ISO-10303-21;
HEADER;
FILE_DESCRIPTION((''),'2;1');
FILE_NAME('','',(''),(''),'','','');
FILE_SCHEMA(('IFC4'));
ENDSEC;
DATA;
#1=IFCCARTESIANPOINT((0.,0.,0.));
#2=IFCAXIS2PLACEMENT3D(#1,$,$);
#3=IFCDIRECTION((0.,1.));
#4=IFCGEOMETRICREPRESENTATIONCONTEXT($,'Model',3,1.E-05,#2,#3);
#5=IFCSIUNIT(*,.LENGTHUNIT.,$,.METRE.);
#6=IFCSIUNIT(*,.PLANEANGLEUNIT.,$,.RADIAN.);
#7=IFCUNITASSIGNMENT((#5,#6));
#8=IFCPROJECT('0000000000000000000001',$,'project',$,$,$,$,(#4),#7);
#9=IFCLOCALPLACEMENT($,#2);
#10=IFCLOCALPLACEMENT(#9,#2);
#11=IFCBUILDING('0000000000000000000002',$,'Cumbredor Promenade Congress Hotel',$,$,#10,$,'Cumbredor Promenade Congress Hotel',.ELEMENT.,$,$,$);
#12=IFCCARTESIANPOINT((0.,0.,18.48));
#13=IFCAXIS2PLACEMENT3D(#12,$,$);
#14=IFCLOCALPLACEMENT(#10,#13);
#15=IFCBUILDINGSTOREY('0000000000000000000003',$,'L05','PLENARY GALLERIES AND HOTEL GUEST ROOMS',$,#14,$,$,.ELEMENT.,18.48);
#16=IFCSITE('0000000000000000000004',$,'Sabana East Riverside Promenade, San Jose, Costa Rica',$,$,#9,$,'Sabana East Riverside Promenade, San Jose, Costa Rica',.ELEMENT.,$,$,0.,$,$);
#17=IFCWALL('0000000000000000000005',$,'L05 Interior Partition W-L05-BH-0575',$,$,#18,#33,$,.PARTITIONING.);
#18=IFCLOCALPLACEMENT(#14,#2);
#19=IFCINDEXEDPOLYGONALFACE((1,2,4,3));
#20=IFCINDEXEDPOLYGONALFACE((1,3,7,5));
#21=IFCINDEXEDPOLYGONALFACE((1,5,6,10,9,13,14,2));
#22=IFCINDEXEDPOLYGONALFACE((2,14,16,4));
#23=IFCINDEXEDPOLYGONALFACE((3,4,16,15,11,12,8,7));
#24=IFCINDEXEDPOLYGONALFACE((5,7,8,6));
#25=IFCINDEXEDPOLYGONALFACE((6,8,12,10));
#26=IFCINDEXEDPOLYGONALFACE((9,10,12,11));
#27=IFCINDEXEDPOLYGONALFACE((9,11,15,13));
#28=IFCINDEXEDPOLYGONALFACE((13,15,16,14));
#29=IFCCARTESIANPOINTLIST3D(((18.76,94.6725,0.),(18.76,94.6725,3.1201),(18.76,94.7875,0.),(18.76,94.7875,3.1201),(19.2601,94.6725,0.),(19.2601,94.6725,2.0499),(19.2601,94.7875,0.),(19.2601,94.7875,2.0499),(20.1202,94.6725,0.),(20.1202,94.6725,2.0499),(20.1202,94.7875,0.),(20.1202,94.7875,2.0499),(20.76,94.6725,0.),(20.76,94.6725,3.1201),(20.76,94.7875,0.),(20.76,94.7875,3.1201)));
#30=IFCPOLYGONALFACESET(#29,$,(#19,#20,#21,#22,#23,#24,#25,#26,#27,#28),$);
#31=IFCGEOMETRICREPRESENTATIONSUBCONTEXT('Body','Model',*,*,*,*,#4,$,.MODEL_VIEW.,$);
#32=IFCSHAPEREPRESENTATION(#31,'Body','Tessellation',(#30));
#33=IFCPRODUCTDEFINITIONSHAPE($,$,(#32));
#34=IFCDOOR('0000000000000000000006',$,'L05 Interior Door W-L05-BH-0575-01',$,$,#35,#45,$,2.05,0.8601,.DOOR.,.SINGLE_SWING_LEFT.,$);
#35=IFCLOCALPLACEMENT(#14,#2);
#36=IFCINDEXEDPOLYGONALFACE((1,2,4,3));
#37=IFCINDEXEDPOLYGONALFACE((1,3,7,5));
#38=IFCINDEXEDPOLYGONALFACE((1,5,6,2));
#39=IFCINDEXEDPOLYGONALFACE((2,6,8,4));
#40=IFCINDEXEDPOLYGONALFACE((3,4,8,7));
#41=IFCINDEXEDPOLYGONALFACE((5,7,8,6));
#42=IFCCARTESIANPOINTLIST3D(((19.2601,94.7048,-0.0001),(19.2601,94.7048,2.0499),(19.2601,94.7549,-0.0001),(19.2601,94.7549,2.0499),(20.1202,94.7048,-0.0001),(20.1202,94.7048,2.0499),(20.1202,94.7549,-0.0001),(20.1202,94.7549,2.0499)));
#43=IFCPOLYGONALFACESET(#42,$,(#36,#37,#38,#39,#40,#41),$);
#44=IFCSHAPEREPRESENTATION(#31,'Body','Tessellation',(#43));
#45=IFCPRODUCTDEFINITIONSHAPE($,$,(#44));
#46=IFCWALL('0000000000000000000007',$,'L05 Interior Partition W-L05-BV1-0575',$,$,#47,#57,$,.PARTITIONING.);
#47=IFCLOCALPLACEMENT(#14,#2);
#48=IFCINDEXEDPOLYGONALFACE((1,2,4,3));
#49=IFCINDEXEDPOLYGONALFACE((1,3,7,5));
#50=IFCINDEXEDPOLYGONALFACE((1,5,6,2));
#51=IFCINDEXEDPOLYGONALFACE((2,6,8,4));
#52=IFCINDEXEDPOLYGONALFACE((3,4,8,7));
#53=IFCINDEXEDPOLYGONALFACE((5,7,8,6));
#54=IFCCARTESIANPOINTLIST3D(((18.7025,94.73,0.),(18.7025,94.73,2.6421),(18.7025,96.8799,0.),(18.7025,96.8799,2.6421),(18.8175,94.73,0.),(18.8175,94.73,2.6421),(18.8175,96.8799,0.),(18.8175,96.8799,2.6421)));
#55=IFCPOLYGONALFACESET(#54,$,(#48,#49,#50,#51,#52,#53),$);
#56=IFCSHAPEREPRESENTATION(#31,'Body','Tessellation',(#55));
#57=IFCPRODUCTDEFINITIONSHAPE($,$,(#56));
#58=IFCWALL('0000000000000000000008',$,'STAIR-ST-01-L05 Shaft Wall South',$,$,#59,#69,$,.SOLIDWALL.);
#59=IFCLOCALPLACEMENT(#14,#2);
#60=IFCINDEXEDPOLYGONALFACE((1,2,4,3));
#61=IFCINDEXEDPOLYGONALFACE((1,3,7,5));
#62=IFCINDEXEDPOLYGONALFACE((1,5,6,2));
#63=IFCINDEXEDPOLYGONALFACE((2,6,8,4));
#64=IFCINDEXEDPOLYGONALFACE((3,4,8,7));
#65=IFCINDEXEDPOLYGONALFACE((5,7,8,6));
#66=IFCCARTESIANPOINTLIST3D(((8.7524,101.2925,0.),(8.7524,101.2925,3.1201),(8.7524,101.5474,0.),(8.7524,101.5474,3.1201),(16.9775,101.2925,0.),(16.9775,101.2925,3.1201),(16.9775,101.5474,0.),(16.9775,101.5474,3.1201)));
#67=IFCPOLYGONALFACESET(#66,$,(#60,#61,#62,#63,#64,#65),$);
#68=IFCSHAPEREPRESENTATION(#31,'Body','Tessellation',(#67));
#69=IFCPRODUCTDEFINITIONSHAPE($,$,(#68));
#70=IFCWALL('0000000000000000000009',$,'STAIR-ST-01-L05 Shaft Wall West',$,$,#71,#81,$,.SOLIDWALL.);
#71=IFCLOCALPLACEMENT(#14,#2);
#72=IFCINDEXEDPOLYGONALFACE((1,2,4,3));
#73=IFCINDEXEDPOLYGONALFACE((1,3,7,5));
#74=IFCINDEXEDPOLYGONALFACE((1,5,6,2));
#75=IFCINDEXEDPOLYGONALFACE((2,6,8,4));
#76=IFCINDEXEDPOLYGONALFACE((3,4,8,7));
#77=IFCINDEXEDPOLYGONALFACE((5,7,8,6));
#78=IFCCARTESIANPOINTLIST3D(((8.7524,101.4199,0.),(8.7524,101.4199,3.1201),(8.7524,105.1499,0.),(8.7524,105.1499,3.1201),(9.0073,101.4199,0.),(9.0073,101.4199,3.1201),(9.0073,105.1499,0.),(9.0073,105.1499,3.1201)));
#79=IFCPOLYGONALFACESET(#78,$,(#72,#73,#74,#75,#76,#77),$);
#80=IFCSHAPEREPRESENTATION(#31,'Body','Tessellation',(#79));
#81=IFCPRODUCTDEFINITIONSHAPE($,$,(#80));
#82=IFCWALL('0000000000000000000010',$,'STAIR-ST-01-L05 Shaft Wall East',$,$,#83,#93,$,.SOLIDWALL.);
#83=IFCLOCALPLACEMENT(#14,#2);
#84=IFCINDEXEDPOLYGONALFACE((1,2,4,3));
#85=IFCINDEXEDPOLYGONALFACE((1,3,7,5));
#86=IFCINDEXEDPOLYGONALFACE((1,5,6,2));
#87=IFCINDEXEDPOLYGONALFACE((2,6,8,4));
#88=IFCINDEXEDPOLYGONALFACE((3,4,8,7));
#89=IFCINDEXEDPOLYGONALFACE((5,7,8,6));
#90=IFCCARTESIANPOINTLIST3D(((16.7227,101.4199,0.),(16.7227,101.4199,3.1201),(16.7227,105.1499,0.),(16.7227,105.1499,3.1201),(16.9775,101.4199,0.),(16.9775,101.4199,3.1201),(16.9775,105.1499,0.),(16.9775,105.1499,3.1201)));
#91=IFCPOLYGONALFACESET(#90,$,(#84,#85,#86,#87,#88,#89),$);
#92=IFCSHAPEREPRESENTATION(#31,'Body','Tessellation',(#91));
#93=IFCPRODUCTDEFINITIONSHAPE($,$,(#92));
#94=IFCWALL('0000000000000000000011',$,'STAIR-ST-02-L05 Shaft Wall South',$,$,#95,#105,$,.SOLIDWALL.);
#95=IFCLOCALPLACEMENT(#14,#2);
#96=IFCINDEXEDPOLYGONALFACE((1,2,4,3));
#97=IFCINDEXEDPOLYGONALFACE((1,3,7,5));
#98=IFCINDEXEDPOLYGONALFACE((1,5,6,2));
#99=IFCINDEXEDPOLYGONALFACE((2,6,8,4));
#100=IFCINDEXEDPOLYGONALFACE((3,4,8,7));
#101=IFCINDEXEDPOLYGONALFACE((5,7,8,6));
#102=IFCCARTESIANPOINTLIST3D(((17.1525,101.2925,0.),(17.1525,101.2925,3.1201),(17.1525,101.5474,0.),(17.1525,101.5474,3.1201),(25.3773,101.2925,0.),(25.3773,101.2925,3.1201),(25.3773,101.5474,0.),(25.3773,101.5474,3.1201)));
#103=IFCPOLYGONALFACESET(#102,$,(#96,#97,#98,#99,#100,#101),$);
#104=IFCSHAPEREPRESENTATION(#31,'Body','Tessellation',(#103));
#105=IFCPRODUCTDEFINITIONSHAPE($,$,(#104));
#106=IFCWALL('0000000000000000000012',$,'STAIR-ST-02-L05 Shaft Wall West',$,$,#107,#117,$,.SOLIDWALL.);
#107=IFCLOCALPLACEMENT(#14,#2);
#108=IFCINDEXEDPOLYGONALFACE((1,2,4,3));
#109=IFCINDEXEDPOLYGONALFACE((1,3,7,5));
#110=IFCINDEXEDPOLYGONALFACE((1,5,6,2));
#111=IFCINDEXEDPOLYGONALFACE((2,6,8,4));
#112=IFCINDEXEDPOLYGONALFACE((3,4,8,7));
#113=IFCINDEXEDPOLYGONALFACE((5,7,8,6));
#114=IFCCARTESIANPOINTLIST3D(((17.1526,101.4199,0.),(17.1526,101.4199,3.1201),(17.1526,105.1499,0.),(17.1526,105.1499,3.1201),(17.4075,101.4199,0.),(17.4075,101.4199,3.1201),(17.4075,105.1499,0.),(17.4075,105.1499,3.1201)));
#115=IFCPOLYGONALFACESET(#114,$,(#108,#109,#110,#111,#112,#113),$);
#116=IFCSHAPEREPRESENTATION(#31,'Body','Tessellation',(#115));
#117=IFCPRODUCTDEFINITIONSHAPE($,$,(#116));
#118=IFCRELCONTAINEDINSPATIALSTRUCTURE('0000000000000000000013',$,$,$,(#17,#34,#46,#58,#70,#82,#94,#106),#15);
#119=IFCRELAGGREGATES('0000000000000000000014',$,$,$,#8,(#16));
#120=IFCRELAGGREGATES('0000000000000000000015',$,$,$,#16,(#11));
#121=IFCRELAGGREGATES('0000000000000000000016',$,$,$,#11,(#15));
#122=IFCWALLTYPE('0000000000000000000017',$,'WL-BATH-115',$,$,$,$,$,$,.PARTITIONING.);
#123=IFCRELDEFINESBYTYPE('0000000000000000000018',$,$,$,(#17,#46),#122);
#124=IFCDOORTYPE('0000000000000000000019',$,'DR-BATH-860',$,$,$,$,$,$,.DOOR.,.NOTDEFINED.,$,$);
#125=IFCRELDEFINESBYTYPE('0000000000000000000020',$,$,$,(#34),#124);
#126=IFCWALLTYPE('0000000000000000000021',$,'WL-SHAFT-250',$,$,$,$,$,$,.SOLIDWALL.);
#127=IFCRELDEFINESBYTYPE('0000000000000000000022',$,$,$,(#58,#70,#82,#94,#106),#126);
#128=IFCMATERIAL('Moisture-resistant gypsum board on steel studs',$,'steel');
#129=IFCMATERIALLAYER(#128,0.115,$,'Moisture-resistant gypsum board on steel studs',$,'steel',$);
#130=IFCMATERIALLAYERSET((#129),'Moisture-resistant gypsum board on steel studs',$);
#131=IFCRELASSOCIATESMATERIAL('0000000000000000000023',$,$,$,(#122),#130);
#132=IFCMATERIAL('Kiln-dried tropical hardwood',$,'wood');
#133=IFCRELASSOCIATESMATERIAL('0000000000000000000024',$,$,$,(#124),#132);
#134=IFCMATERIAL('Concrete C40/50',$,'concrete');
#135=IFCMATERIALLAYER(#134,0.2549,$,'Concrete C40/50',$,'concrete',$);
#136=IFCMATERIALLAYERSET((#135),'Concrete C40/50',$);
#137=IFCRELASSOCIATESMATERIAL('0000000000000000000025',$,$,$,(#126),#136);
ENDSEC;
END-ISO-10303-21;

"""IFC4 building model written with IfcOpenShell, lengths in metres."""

from ifc_helpers import new_model, si_unit, direction, frame, frame_2d, origin, place, context, subcontext, project, spatial, rectangle, extrude, material, layer, layer_set, type_object, element, fill, save


model = new_model("IFC4")

# Units and contexts
model_context = context("Model", 3, precision=1e-05, world=origin(), true_north=direction((0.0, 1.0)))
body_context = subcontext(model_context, "Body", "Model", "MODEL_VIEW")
ifc_project = project(units=[si_unit("LENGTHUNIT", "METRE"), si_unit("PLANEANGLEUNIT", "RADIAN")], contexts=[model_context])

# Site, building, storey
site_placement = place(None, origin())
site = spatial("IfcSite", under=ifc_project, at=site_placement, Name="Sabana East Riverside Promenade, San Jose, Costa Rica", LongName="Sabana East Riverside Promenade, San Jose, Costa Rica", CompositionType="ELEMENT", RefElevation=0.0)
building_placement = place(site_placement, origin())
building = spatial("IfcBuilding", under=site, at=building_placement, Name="Cumbredor Promenade Congress Hotel", LongName="Cumbredor Promenade Congress Hotel", CompositionType="ELEMENT")
storey_placement = place(building_placement, frame((0.0, 0.0, 18.48)))
storey = spatial("IfcBuildingStorey", under=building, at=storey_placement, Name="L05", Description="PLENARY GALLERIES AND HOTEL GUEST ROOMS", CompositionType="ELEMENT", Elevation=18.48)

# Shared definitions
ifc_material_1 = material(Name="Concrete C40/50", Category="concrete")

# Shared definitions
ifc_material_2 = material(Name="Moisture-resistant gypsum board on steel studs", Category="steel")
ifc_layer_1 = layer(ifc_material_2, 0.115, Name="Moisture-resistant gypsum board on steel studs", Category="steel")
ifc_layer_set_1 = layer_set([ifc_layer_1], Name="Moisture-resistant gypsum board on steel studs")
wall_type_1 = type_object("IfcWallType", Name="WL-BATH-115", PredefinedType="PARTITIONING", material=ifc_layer_set_1)
ifc_material_3 = material(Name="Kiln-dried tropical hardwood", Category="wood")
door_type = type_object("IfcDoorType", Name="DR-BATH-860", OperationType="NOTDEFINED", PredefinedType="DOOR", material=ifc_material_3)

# Wall, opening, door
wall_1_placement = place(storey_placement, frame((18.76, 94.73, 0.0), z_axis=(0.0, 0.0, 1.0), x_axis=(1.0, 0.0, 0.0)))
wall_1 = element("IfcWall", 1, at=wall_1_placement, inside=storey, type_object=wall_type_1, Name="L05 Interior Partition W-L05-BH-0575", PredefinedType="PARTITIONING", context=body_context, shape_type="SweptSolid", body=[
    extrude(rectangle(XDim=2.0, YDim=0.115, at=frame_2d((1.0, 0.0))), origin(), (0.0, 0.0, 1.0), 3.1201),
])
opening_1_placement = place(wall_1_placement, frame((0.5, 0.0, 0.0)))
opening_1 = element("IfcOpeningElement", 2, at=opening_1_placement, cuts=wall_1, PredefinedType="OPENING", context=body_context, shape_type="SweptSolid", body=[
    extrude(rectangle(XDim=0.8601, YDim=2.05, at=frame_2d((0.4302, 1.0249))), frame((0.0, 0.0674, 0.0), z_axis=(0.0, -1.0, 0.0), x_axis=(1.0, 0.0, 0.0)), (0.0, 0.0, 1.0), 0.135),
])
door_1_placement = place(opening_1_placement, origin())
door_1 = element("IfcDoor", 3, at=door_1_placement, inside=storey, type_object=door_type, Name="L05 Interior Door W-L05-BH-0575-01", OperationType="SINGLE_SWING_LEFT", OverallHeight=2.05, OverallWidth=0.8601, PredefinedType="DOOR", context=body_context, shape_type="SweptSolid", body=[
    extrude(rectangle(XDim=0.8601, YDim=2.05, at=frame_2d((0.4302, 1.0249))), frame((0.0, 0.0249, 0.0), z_axis=(0.0, -1.0, 0.0), x_axis=(1.0, 0.0, 0.0)), (0.0, 0.0, 1.0), 0.05),
])
fill(opening_1, door_1)

# Walls
wall_2_placement = place(storey_placement, frame((18.76, 94.73, 0.0), z_axis=(0.0, 0.0, 1.0), x_axis=(0.0, 1.0, 0.0)))
element("IfcWall", 4, at=wall_2_placement, inside=storey, type_object=wall_type_1, Name="L05 Interior Partition W-L05-BV1-0575", PredefinedType="PARTITIONING", context=body_context, shape_type="SweptSolid", body=[
    extrude(rectangle(XDim=2.1499, YDim=0.115, at=frame_2d((1.075, 0.0))), origin(), (0.0, 0.0, 1.0), 2.6421),
])
ifc_layer_2 = layer(ifc_material_1, 0.2549, Name="Concrete C40/50", Category="concrete")
ifc_layer_set_2 = layer_set([ifc_layer_2], Name="Concrete C40/50")
wall_type_2 = type_object("IfcWallType", Name="WL-SHAFT-250", PredefinedType="SOLIDWALL", material=ifc_layer_set_2)
wall_3_placement = place(storey_placement, frame((8.7524, 101.4199, 0.0), z_axis=(0.0, 0.0, 1.0), x_axis=(1.0, 0.0, 0.0)))
element("IfcWall", 5, at=wall_3_placement, inside=storey, type_object=wall_type_2, Name="STAIR-ST-01-L05 Shaft Wall South", PredefinedType="SOLIDWALL", context=body_context, shape_type="SweptSolid", body=[
    extrude(rectangle(XDim=8.2251, YDim=0.2549, at=frame_2d((4.1125, 0.0))), origin(), (0.0, 0.0, 1.0), 3.1201),
])
for number, where, z_axis, x_axis, name in (
    (6, (8.8799, 101.4199, 0.0), (0.0, 0.0, 1.0), (0.0, 1.0, 0.0), "STAIR-ST-01-L05 Shaft Wall West"),
    (7, (16.8501, 101.4199, 0.0), (0.0, 0.0, 1.0), (0.0, 1.0, 0.0), "STAIR-ST-01-L05 Shaft Wall East"),
):
    element("IfcWall", number, at=place(storey_placement, frame(where, z_axis=z_axis, x_axis=x_axis)), inside=storey, type_object=wall_type_2, Name=name, PredefinedType="SOLIDWALL", context=body_context, shape_type="SweptSolid", body=[
        extrude(rectangle(XDim=3.73, YDim=0.2549, at=frame_2d((1.865, 0.0))), origin(), (0.0, 0.0, 1.0), 3.1201),
    ])
wall_4_placement = place(storey_placement, frame((17.1526, 101.4199, 0.0), z_axis=(0.0, 0.0, 1.0), x_axis=(1.0, 0.0, 0.0)))
element("IfcWall", 8, at=wall_4_placement, inside=storey, type_object=wall_type_2, Name="STAIR-ST-02-L05 Shaft Wall South", PredefinedType="SOLIDWALL", context=body_context, shape_type="SweptSolid", body=[
    extrude(rectangle(XDim=8.2249, YDim=0.2549, at=frame_2d((4.1123, 0.0))), origin(), (0.0, 0.0, 1.0), 3.1201),
])
wall_5_placement = place(storey_placement, frame((17.28, 101.4199, 0.0), z_axis=(0.0, 0.0, 1.0), x_axis=(0.0, 1.0, 0.0)))
element("IfcWall", 9, at=wall_5_placement, inside=storey, type_object=wall_type_2, Name="STAIR-ST-02-L05 Shaft Wall West", PredefinedType="SOLIDWALL", context=body_context, shape_type="SweptSolid", body=[
    extrude(rectangle(XDim=3.73, YDim=0.2549, at=frame_2d((1.865, 0.0))), origin(), (0.0, 0.0, 1.0), 3.1201),
])

save(model, "model.ifc")
